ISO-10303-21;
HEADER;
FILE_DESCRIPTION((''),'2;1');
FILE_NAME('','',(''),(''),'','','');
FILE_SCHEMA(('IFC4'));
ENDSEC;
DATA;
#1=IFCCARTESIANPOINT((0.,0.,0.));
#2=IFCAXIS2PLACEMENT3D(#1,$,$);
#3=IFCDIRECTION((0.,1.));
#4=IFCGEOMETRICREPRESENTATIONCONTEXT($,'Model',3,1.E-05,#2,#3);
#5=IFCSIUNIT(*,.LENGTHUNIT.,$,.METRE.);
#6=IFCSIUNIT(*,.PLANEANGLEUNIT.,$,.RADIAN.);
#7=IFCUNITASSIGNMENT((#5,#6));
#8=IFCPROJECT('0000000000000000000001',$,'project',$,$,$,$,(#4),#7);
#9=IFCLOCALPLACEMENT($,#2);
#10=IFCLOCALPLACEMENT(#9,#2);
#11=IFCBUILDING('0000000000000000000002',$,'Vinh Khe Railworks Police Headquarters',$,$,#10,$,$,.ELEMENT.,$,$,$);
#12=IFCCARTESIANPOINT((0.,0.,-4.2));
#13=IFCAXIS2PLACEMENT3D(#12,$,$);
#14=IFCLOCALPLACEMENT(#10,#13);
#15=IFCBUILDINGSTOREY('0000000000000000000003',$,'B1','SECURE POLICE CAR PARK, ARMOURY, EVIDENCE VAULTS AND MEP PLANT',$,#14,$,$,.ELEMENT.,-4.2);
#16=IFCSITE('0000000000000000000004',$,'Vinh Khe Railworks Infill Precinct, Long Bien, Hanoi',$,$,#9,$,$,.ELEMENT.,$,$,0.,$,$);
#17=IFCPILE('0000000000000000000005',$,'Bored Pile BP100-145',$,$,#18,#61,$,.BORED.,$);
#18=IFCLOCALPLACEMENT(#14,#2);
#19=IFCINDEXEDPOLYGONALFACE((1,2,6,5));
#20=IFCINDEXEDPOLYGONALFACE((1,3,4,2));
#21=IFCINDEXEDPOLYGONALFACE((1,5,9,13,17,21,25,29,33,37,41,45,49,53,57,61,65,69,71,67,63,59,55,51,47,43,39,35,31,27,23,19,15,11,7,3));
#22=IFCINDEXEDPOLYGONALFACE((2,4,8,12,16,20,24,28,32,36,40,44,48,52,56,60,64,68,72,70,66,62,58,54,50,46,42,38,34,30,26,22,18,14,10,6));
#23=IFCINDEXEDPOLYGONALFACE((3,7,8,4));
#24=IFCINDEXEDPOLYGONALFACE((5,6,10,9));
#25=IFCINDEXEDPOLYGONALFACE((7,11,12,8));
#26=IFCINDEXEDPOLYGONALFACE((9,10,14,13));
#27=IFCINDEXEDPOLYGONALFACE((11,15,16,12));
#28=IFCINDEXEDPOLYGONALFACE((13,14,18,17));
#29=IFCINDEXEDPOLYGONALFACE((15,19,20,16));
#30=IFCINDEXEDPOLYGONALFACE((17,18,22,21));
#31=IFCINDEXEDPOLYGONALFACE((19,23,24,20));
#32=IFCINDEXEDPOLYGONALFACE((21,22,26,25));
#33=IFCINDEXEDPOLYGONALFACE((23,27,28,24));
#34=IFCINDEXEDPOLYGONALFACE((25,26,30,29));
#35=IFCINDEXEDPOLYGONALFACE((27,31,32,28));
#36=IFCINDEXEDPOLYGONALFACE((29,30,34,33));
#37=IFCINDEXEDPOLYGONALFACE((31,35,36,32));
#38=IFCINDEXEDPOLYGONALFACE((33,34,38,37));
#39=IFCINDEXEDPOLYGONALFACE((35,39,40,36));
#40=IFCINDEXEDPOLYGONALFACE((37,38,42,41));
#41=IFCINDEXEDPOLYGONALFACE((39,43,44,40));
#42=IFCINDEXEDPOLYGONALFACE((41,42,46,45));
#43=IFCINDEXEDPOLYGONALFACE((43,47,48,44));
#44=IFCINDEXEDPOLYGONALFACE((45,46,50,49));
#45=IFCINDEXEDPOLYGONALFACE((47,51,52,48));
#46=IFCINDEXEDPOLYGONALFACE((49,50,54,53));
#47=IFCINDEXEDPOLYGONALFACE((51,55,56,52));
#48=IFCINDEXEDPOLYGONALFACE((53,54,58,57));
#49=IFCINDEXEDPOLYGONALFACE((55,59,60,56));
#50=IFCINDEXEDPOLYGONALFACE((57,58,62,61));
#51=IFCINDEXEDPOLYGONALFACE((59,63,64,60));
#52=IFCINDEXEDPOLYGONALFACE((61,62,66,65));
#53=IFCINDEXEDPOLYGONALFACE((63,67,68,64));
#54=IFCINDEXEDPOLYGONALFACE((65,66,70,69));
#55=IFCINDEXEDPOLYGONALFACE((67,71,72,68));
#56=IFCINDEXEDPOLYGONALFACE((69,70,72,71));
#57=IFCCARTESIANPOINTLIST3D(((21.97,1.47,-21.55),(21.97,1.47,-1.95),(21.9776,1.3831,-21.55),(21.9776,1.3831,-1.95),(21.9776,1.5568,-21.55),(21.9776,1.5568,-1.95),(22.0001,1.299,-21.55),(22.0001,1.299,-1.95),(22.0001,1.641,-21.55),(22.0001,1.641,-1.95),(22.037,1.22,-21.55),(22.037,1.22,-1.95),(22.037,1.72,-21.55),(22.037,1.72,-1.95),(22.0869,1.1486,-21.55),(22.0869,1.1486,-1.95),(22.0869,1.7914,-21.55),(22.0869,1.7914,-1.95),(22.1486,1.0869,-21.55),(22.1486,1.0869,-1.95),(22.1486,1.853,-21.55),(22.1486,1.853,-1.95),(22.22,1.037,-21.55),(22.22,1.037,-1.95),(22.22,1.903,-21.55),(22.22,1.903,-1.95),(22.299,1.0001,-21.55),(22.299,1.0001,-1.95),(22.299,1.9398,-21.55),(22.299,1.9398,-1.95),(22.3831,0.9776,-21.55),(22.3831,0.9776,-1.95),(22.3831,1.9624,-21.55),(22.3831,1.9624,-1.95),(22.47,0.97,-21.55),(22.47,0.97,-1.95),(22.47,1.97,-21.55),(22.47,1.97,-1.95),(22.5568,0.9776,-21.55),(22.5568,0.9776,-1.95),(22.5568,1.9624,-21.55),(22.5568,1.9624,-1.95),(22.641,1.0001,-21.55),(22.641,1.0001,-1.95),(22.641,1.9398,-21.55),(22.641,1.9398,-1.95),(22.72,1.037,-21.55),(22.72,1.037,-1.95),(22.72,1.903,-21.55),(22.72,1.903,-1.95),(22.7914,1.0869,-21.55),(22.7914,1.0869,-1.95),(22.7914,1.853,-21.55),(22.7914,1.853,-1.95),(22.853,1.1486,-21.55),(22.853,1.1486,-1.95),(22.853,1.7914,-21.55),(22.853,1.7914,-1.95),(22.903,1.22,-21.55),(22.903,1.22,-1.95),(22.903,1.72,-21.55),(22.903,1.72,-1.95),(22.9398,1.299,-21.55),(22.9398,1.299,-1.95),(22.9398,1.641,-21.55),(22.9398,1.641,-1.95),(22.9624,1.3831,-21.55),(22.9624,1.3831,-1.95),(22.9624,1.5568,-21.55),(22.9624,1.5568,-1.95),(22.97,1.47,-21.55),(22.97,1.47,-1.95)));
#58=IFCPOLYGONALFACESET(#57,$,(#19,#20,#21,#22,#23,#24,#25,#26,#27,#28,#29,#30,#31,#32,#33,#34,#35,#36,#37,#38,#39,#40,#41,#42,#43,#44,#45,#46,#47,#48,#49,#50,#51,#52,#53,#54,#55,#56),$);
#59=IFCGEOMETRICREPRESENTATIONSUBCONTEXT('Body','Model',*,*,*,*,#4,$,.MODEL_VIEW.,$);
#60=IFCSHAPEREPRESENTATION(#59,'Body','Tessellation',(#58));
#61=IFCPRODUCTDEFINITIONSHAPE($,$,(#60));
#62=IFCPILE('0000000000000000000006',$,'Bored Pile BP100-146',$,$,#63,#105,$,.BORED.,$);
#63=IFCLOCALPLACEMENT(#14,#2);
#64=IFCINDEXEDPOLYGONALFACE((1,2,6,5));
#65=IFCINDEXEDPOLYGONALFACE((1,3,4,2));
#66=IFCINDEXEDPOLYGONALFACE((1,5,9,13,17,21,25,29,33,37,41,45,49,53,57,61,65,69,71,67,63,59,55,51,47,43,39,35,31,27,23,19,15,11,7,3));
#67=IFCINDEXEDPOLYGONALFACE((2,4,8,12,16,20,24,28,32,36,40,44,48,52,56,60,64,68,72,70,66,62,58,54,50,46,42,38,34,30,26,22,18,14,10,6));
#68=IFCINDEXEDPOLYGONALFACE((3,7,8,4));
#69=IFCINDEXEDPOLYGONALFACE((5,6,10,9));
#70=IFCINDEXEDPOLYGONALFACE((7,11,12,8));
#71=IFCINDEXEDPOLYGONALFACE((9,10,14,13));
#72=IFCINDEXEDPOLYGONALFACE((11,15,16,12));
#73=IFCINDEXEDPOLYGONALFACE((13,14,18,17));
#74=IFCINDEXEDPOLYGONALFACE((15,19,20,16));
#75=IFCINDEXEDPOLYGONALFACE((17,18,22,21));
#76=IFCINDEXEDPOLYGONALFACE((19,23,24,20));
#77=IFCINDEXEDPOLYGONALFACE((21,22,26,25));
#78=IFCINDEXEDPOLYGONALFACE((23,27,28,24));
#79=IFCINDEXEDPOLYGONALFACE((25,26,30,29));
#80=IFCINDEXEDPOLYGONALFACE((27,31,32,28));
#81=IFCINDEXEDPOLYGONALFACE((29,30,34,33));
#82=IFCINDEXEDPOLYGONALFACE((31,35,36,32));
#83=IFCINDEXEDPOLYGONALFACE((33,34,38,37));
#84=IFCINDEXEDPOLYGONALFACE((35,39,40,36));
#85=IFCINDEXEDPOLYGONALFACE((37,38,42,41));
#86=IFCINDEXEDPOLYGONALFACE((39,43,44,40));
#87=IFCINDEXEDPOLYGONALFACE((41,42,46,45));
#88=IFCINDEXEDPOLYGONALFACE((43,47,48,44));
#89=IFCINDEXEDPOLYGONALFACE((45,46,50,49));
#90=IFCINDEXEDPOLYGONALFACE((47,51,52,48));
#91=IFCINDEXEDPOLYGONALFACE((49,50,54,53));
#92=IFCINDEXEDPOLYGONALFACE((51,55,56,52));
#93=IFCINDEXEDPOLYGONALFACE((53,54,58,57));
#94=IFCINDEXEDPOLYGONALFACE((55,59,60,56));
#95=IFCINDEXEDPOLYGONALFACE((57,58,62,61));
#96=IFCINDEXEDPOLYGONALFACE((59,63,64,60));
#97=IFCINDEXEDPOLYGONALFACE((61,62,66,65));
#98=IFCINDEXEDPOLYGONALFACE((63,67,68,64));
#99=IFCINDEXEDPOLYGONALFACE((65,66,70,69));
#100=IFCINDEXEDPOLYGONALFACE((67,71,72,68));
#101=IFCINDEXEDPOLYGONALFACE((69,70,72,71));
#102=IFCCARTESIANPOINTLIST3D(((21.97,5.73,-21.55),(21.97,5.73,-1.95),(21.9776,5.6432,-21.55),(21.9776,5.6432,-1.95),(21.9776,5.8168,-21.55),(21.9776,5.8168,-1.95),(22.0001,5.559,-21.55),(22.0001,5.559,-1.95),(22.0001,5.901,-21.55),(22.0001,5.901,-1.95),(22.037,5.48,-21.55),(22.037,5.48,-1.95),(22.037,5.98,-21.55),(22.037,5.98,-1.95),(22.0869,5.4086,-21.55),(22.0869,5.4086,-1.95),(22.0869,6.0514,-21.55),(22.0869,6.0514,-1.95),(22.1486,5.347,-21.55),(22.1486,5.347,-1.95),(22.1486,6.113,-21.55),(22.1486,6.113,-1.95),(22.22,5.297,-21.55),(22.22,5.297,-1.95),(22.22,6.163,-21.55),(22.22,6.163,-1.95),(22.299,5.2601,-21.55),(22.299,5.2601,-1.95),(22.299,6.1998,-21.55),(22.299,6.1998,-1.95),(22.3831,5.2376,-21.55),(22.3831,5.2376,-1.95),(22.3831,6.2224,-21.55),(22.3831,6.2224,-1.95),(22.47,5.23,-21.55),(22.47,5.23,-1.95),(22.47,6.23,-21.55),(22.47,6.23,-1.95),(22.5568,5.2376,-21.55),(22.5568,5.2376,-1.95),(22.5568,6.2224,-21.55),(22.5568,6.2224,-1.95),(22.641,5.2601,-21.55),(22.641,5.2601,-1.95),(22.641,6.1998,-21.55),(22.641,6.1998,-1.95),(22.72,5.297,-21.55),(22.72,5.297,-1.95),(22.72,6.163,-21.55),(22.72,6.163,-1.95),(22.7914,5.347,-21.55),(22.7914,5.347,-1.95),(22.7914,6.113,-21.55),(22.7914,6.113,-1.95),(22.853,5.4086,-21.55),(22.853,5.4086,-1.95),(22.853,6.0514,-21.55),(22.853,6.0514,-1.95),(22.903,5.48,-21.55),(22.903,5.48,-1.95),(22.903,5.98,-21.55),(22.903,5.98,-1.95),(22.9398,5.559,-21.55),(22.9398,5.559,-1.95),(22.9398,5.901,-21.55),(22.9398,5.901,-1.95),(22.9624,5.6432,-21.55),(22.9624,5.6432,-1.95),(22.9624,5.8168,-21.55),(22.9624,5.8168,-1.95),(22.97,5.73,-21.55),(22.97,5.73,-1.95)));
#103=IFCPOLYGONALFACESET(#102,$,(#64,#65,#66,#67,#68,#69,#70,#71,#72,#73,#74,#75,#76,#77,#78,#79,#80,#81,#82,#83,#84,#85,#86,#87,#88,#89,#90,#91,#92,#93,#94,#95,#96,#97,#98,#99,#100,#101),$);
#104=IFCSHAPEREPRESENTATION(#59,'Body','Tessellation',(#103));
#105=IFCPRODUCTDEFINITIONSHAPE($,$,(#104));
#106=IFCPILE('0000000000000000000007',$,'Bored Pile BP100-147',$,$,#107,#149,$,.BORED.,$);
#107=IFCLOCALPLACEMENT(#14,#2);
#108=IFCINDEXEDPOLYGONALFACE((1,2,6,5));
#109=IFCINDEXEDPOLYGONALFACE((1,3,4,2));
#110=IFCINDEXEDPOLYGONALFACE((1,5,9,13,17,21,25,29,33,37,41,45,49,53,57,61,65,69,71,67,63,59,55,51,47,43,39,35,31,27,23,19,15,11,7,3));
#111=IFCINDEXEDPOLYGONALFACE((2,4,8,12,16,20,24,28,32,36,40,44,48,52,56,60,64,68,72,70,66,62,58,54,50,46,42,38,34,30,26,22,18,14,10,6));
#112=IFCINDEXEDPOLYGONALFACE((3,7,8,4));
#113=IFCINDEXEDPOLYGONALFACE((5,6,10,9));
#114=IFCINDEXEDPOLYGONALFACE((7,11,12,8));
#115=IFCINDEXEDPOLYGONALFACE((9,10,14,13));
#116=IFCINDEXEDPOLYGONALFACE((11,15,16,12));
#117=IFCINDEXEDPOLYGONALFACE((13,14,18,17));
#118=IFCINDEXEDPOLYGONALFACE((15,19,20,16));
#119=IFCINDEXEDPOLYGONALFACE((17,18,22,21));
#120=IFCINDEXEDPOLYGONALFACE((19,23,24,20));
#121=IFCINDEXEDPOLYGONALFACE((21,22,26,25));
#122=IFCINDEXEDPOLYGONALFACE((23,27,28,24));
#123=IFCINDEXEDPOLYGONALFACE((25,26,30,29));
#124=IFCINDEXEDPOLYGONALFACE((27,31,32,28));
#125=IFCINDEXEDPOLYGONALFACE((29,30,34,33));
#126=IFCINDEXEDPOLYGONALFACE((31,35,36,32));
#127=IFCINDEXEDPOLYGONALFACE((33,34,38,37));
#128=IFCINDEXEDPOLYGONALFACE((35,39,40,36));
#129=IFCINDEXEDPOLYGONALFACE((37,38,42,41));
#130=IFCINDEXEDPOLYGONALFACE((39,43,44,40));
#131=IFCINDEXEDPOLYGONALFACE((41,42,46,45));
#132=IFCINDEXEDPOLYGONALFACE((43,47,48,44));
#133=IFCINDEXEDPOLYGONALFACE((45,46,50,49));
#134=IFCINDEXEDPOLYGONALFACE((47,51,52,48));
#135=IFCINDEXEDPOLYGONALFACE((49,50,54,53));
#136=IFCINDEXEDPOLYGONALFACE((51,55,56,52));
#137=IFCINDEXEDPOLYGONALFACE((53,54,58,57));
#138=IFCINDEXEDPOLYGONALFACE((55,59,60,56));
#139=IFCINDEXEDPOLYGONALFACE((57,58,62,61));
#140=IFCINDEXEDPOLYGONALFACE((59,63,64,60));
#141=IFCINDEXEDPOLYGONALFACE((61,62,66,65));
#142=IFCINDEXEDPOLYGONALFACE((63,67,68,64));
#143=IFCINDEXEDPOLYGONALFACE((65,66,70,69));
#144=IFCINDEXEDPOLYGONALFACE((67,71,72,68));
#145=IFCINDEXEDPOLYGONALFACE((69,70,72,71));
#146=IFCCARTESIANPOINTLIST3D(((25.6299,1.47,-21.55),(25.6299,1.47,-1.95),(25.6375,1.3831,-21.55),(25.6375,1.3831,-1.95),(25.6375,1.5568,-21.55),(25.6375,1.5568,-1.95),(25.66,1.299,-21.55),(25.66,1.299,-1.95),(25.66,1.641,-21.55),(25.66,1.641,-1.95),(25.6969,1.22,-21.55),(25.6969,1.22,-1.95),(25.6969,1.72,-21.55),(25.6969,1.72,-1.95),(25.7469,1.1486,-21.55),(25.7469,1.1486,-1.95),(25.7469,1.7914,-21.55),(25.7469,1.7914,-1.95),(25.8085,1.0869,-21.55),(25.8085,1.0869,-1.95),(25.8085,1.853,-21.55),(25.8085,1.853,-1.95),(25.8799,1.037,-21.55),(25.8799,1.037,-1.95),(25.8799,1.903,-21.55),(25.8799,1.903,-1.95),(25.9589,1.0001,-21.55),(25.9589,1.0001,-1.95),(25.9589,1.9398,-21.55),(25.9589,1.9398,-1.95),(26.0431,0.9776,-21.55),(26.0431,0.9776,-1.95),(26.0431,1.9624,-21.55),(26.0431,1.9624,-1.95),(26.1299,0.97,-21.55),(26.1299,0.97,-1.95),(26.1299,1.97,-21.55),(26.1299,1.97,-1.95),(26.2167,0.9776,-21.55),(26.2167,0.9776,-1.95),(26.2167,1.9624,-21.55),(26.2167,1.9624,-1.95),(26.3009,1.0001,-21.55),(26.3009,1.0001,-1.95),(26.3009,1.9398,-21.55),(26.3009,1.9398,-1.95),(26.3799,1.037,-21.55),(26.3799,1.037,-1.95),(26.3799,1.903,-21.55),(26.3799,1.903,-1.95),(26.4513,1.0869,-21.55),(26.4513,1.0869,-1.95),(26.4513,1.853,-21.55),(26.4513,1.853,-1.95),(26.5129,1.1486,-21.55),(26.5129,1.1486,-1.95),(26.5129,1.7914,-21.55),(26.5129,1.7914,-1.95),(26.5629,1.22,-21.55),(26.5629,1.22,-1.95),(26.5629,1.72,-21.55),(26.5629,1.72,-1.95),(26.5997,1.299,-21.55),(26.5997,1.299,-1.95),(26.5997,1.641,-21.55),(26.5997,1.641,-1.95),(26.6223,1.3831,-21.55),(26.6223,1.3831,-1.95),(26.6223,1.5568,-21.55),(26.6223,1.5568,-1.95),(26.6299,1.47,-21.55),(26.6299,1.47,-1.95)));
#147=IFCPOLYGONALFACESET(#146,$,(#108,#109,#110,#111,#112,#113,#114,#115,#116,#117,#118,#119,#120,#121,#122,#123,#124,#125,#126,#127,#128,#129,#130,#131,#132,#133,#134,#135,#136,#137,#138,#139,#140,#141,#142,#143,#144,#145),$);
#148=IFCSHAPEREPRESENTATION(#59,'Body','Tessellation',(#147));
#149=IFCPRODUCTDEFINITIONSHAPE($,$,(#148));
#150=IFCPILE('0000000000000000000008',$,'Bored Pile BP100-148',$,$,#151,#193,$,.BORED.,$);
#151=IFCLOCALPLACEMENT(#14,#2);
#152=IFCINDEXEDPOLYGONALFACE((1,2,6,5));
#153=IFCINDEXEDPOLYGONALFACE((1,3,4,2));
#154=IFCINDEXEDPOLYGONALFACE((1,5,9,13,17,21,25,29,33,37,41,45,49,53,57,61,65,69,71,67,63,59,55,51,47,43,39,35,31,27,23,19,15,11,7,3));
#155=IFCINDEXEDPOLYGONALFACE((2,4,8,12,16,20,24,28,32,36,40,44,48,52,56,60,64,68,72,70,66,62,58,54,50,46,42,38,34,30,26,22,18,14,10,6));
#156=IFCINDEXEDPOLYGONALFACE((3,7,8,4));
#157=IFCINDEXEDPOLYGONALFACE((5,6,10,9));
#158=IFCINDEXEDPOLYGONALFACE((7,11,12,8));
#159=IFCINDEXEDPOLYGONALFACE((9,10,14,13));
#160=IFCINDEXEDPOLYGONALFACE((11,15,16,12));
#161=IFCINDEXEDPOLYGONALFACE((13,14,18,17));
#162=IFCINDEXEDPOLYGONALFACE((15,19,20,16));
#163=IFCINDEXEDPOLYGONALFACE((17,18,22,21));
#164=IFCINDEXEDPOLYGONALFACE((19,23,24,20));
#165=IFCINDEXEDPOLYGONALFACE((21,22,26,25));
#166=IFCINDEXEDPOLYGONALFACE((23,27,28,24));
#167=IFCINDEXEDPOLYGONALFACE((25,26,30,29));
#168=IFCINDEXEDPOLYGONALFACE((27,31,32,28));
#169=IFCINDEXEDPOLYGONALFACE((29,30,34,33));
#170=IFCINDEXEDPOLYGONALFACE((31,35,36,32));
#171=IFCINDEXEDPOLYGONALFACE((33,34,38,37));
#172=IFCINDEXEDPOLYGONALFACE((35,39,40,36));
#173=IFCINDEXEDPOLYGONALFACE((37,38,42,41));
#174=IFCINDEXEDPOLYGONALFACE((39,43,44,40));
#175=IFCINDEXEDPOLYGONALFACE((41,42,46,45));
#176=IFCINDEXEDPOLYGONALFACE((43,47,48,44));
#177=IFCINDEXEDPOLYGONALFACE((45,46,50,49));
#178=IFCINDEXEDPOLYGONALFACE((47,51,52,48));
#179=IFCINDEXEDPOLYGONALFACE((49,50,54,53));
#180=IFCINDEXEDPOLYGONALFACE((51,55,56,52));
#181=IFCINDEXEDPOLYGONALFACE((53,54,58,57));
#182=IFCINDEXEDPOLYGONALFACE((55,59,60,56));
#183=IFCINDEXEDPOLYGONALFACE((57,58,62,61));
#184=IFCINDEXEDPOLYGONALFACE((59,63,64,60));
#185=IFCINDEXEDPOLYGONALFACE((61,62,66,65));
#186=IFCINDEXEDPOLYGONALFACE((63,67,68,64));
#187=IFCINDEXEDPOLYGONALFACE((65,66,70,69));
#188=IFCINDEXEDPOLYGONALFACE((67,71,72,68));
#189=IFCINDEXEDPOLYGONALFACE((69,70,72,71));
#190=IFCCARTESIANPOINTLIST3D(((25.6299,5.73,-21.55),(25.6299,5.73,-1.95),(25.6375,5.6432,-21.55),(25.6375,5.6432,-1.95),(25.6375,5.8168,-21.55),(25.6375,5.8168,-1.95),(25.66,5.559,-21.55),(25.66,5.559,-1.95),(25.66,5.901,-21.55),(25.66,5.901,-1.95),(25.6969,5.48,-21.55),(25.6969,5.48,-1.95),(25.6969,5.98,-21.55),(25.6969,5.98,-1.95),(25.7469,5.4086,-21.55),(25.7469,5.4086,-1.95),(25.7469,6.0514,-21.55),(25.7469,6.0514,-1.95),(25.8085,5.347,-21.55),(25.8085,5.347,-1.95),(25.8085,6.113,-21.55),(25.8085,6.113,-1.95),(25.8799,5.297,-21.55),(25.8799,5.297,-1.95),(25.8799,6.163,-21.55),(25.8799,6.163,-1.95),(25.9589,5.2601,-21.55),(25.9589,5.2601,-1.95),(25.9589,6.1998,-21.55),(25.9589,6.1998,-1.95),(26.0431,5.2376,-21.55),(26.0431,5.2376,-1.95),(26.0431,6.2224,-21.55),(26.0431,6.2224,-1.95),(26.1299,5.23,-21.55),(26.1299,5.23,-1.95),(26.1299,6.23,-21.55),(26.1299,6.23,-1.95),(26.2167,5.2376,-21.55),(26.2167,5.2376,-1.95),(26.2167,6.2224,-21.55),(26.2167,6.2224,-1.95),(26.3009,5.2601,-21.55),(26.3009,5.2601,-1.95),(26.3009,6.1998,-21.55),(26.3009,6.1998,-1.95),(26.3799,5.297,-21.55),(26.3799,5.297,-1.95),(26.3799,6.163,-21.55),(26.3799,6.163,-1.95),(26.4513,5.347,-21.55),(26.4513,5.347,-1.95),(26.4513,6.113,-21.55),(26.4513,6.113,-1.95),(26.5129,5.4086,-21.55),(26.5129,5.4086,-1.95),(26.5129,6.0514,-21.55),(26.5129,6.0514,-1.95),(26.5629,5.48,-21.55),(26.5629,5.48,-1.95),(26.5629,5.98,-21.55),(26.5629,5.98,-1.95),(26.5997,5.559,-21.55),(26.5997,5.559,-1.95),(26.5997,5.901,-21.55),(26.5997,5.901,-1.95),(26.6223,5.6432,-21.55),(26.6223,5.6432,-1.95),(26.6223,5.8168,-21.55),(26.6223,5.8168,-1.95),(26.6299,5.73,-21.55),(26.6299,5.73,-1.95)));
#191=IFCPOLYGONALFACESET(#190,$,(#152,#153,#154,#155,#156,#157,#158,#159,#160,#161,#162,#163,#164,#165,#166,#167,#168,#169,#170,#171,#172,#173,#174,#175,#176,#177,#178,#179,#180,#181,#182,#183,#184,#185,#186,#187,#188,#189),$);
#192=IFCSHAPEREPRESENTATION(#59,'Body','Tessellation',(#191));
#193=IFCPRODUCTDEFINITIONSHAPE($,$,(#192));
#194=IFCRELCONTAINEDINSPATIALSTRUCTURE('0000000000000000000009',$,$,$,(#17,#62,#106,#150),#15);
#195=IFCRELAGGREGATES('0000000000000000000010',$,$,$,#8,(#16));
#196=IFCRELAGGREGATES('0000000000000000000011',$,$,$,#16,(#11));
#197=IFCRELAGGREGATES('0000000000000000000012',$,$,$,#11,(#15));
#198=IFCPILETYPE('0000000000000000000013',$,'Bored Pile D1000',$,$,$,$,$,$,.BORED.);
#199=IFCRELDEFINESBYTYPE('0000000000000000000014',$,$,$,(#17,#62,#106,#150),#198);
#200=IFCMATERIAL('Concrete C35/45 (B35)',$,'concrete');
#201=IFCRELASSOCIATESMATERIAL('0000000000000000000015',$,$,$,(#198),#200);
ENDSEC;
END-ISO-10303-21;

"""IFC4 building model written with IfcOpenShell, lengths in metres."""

from ifc_helpers import new_model, si_unit, direction, frame, origin, origin_2d, place, context, subcontext, project, spatial, circle, extrude, material, material_profile, profile_set, type_object, element, save


model = new_model("IFC4")

# Units and contexts
model_context = context("Model", 3, precision=1e-05, world=origin(), true_north=direction((0.0, 1.0)))
body_context = subcontext(model_context, "Body", "Model", "MODEL_VIEW")
ifc_project = project(units=[si_unit("LENGTHUNIT", "METRE"), si_unit("PLANEANGLEUNIT", "RADIAN")], contexts=[model_context])

# Site, building, storey
site_placement = place(None, origin())
site = spatial("IfcSite", under=ifc_project, at=site_placement, Name="Vinh Khe Railworks Infill Precinct, Long Bien, Hanoi", CompositionType="ELEMENT", RefElevation=0.0)
building_placement = place(site_placement, origin())
building = spatial("IfcBuilding", under=site, at=building_placement, Name="Vinh Khe Railworks Police Headquarters", CompositionType="ELEMENT")
storey_placement = place(building_placement, frame((0.0, 0.0, -4.2)))
storey = spatial("IfcBuildingStorey", under=building, at=storey_placement, Name="B1", Description="SECURE POLICE CAR PARK, ARMOURY, EVIDENCE VAULTS AND MEP PLANT", CompositionType="ELEMENT", Elevation=-4.2)

# Piles
ifc_material_1 = material(Name="Concrete C35/45 (B35)", Category="concrete")
ifc_material_profile_1 = material_profile(ifc_material_1, circle(Radius=0.5, at=origin_2d()), Name="BORED PILE D1000")
ifc_profile_set_1 = profile_set([ifc_material_profile_1], Name="Concrete C35/45 (B35)")
pile_type_1 = type_object("IfcPileType", Name="Bored Pile D1000", PredefinedType="BORED", material=ifc_profile_set_1)
for number, where, z_axis, x_axis, name in (
    (1, (22.47, 1.47, -1.95), (0.0, 0.0, -1.0), (1.0, 0.0, 0.0), "Bored Pile BP100-145"),
    (2, (22.47, 5.73, -1.95), (0.0, 0.0, -1.0), (1.0, 0.0, 0.0), "Bored Pile BP100-146"),
    (3, (26.1299, 1.47, -1.95), (0.0, 0.0, -1.0), (1.0, 0.0, 0.0), "Bored Pile BP100-147"),
    (4, (26.1299, 5.73, -1.95), (0.0, 0.0, -1.0), (1.0, 0.0, 0.0), "Bored Pile BP100-148"),
):
    element("IfcPile", number, at=place(storey_placement, frame(where, z_axis=z_axis, x_axis=x_axis)), inside=storey, type_object=pile_type_1, Name=name, PredefinedType="BORED", context=body_context, shape_type="SweptSolid", body=[
        extrude(circle(Radius=0.5, at=origin_2d()), origin(), (0.0, 0.0, 1.0), 19.6001),
    ])

save(model, "model.ifc")
